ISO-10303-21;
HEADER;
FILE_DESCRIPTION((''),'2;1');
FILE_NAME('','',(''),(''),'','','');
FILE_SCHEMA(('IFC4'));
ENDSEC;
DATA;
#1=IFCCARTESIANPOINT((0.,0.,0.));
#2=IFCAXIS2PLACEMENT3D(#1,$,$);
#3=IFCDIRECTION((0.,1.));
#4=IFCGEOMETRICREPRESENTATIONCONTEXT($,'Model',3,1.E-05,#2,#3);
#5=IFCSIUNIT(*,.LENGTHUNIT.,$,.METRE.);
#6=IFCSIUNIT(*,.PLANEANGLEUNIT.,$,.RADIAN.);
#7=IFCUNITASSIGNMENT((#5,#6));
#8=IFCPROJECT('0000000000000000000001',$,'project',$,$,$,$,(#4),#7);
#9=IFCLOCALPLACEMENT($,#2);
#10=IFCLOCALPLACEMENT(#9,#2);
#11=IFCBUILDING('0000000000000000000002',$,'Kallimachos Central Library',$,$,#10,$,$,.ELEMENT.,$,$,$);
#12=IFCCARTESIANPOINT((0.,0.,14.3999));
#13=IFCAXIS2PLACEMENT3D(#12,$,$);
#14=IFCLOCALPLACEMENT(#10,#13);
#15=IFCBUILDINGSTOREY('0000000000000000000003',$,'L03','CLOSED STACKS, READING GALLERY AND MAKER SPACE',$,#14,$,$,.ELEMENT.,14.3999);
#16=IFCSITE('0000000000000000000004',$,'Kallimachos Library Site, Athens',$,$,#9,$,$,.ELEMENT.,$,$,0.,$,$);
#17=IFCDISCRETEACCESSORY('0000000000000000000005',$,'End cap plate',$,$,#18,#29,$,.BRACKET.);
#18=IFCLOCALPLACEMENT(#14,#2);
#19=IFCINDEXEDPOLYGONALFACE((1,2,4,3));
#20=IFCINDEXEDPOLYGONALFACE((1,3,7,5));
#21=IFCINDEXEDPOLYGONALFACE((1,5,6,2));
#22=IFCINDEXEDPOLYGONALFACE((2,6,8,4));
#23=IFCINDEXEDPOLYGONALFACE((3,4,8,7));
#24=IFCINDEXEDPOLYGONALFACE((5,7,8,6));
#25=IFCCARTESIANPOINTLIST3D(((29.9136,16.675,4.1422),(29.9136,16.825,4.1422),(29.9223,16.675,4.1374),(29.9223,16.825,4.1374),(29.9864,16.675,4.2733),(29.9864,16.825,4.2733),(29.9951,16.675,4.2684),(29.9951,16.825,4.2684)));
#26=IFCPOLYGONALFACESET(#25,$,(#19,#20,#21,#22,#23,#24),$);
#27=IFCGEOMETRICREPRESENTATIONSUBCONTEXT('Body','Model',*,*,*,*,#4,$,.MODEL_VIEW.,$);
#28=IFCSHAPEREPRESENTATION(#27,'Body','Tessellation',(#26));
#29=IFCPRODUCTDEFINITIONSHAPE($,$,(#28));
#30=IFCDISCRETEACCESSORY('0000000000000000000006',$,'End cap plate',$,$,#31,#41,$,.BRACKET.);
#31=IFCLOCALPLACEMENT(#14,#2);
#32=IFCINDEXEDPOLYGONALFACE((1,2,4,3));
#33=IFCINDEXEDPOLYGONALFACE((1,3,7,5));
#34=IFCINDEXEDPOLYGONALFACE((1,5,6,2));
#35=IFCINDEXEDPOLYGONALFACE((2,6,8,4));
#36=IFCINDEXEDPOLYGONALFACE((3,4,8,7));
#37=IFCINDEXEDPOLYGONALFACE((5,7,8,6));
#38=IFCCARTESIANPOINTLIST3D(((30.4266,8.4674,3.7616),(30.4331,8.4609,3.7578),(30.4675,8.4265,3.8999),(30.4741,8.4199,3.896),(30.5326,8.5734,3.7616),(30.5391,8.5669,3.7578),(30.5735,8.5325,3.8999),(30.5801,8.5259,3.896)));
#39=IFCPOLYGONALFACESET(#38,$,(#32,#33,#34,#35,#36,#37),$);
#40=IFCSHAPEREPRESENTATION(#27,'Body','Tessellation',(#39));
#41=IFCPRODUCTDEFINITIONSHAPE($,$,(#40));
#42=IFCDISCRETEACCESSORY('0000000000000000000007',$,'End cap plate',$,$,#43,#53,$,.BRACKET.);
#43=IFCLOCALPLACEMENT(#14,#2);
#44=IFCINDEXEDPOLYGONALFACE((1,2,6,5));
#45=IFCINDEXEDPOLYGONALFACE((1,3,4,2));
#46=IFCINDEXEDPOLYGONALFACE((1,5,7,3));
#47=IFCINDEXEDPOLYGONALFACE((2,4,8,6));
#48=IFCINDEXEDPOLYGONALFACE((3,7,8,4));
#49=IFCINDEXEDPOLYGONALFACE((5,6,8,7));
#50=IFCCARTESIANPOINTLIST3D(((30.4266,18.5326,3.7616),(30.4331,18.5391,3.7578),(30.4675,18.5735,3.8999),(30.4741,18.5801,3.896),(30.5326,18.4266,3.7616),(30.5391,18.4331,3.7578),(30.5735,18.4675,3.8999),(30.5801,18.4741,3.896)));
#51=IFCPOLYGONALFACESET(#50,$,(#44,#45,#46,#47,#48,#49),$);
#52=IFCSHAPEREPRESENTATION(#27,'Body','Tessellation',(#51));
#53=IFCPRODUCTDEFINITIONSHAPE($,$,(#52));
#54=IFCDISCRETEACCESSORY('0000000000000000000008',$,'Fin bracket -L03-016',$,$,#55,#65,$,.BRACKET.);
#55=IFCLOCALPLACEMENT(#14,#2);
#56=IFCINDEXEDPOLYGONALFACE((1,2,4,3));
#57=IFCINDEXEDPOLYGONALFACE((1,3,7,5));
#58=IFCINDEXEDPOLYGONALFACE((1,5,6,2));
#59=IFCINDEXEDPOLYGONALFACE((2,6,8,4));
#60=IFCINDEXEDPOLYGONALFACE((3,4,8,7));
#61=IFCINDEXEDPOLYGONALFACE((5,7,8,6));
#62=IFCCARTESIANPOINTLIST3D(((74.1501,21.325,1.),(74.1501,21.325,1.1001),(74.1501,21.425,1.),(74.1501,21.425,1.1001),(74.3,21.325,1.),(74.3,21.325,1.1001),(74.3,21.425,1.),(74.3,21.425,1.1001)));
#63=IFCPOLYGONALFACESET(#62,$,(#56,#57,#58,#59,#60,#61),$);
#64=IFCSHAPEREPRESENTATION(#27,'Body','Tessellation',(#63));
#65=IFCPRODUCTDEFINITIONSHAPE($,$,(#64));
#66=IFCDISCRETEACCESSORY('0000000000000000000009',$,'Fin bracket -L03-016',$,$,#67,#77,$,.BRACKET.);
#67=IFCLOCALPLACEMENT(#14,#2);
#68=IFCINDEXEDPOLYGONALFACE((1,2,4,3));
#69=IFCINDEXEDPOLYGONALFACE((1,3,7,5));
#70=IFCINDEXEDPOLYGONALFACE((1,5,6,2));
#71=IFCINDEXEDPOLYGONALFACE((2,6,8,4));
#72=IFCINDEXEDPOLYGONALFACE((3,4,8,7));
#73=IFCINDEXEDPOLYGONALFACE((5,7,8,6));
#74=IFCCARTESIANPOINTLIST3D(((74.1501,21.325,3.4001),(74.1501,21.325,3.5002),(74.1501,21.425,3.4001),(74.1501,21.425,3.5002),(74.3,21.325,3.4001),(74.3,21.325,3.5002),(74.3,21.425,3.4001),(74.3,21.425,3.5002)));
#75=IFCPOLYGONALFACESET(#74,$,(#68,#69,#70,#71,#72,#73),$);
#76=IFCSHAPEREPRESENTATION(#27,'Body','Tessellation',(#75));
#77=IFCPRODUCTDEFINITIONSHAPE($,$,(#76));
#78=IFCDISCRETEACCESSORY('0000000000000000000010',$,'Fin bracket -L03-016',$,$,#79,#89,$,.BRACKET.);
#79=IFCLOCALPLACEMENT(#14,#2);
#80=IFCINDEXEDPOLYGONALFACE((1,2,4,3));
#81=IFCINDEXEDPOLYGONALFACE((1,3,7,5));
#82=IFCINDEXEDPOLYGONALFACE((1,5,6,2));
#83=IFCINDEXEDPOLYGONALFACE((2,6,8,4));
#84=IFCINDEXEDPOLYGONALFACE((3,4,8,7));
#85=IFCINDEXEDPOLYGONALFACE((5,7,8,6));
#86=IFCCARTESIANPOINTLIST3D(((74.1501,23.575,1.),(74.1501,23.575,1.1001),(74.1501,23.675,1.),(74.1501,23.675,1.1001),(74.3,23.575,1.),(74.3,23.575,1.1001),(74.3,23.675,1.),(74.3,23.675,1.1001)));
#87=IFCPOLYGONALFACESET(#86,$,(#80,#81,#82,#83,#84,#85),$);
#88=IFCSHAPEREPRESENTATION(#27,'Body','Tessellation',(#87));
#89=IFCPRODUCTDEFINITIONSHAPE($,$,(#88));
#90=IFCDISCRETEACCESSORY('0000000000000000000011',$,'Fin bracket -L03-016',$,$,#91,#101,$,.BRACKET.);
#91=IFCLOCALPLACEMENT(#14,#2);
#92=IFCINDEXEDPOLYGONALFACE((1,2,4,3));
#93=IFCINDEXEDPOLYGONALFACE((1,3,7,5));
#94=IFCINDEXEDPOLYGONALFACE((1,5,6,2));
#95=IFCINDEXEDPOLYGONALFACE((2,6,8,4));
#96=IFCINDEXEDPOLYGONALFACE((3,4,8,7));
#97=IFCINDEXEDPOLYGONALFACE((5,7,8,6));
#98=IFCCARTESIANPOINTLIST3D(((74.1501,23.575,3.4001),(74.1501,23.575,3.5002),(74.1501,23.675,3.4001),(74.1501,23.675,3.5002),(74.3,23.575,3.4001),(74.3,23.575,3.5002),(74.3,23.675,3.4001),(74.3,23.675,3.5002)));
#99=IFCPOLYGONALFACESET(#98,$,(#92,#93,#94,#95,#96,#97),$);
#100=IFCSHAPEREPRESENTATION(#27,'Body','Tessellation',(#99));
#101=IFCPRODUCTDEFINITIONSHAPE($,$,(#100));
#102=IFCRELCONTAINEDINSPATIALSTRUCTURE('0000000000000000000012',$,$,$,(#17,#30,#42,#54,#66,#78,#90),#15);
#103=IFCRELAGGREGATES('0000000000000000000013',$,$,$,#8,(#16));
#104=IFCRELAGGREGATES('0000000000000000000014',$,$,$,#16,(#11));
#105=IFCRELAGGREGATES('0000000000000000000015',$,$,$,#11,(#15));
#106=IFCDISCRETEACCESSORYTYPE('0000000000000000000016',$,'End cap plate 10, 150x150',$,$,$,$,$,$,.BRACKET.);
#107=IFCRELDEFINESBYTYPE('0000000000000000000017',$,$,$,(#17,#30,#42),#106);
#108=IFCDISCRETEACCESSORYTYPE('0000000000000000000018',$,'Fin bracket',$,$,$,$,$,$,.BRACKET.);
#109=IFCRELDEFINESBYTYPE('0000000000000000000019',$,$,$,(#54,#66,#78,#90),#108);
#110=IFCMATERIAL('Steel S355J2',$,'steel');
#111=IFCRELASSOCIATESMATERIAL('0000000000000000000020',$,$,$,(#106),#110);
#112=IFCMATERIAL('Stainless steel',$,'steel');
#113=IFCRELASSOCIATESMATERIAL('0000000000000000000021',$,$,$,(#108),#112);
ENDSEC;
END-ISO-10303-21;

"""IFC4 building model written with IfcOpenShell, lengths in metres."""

from ifc_helpers import new_model, si_unit, direction, frame, origin, origin_2d, place, context, subcontext, project, spatial, rectangle, extrude, material, material_profile, profile_set, type_object, element, save


model = new_model("IFC4")

# Units and contexts
model_context = context("Model", 3, precision=1e-05, world=origin(), true_north=direction((0.0, 1.0)))
body_context = subcontext(model_context, "Body", "Model", "MODEL_VIEW")
ifc_project = project(units=[si_unit("LENGTHUNIT", "METRE"), si_unit("PLANEANGLEUNIT", "RADIAN")], contexts=[model_context])

# Site, building, storey
site_placement = place(None, origin())
site = spatial("IfcSite", under=ifc_project, at=site_placement, Name="Kallimachos Library Site, Athens", CompositionType="ELEMENT", RefElevation=0.0)
building_placement = place(site_placement, origin())
building = spatial("IfcBuilding", under=site, at=building_placement, Name="Kallimachos Central Library", CompositionType="ELEMENT")
storey_placement = place(building_placement, frame((0.0, 0.0, 14.3999)))
storey = spatial("IfcBuildingStorey", under=building, at=storey_placement, Name="L03", Description="CLOSED STACKS, READING GALLERY AND MAKER SPACE", CompositionType="ELEMENT", Elevation=14.3999)

# Discrete accessories
ifc_material_1 = material(Name="Steel S355J2", Category="steel")
ifc_material_profile_1 = material_profile(ifc_material_1, rectangle(XDim=0.1499, YDim=0.1499, at=origin_2d()), Name="End cap plate 10, 150x150")
ifc_profile_set_1 = profile_set([ifc_material_profile_1], Name="Steel S355J2")
discrete_accessory_type_1 = type_object("IfcDiscreteAccessoryType", Name="End cap plate 10, 150x150", PredefinedType="BRACKET", material=ifc_profile_set_1)
for number, where, z_axis, x_axis, name in (
    (1, (29.9587, 16.75, 4.2029), (-0.874157, 0.0, 0.485643), (0.0, -1.0, 0.0), "End cap plate"),
    (2, (30.5066, 8.4934, 3.8269), (-0.652166, 0.652166, 0.386469), (-0.707107, -0.707107, 0.0), "End cap plate"),
    (3, (30.5066, 18.5066, 3.8269), (-0.652166, -0.652166, 0.386469), (0.707107, -0.707107, 0.0), "End cap plate"),
):
    element("IfcDiscreteAccessory", number, at=place(storey_placement, frame(where, z_axis=z_axis, x_axis=x_axis)), inside=storey, type_object=discrete_accessory_type_1, Name=name, PredefinedType="BRACKET", context=body_context, shape_type="SweptSolid", body=[
        extrude(rectangle(XDim=0.1499, YDim=0.1499, at=origin_2d()), origin(), (0.0, 0.0, 1.0), 0.01),
    ])
ifc_material_2 = material(Name="Stainless steel", Category="steel")
discrete_accessory_type_2 = type_object("IfcDiscreteAccessoryType", Name="Fin bracket", PredefinedType="BRACKET", material=ifc_material_2)
for number, where, z_axis, x_axis, name in (
    (4, (74.2251, 21.375, 1.0), (0.0, 0.0, 1.0), (1.0, 0.0, 0.0), "Fin bracket -L03-016"),
    (5, (74.2251, 21.375, 3.4001), (0.0, 0.0, 1.0), (1.0, 0.0, 0.0), "Fin bracket -L03-016"),
    (6, (74.2251, 23.625, 1.0), (0.0, 0.0, 1.0), (1.0, 0.0, 0.0), "Fin bracket -L03-016"),
    (7, (74.2251, 23.625, 3.4001), (0.0, 0.0, 1.0), (1.0, 0.0, 0.0), "Fin bracket -L03-016"),
):
    element("IfcDiscreteAccessory", number, at=place(storey_placement, frame(where, z_axis=z_axis, x_axis=x_axis)), inside=storey, type_object=discrete_accessory_type_2, Name=name, PredefinedType="BRACKET", context=body_context, shape_type="SweptSolid", body=[
        extrude(rectangle(XDim=0.1499, YDim=0.1001, at=origin_2d()), origin(), (0.0, 0.0, 1.0), 0.1001),
    ])

save(model, "model.ifc")
